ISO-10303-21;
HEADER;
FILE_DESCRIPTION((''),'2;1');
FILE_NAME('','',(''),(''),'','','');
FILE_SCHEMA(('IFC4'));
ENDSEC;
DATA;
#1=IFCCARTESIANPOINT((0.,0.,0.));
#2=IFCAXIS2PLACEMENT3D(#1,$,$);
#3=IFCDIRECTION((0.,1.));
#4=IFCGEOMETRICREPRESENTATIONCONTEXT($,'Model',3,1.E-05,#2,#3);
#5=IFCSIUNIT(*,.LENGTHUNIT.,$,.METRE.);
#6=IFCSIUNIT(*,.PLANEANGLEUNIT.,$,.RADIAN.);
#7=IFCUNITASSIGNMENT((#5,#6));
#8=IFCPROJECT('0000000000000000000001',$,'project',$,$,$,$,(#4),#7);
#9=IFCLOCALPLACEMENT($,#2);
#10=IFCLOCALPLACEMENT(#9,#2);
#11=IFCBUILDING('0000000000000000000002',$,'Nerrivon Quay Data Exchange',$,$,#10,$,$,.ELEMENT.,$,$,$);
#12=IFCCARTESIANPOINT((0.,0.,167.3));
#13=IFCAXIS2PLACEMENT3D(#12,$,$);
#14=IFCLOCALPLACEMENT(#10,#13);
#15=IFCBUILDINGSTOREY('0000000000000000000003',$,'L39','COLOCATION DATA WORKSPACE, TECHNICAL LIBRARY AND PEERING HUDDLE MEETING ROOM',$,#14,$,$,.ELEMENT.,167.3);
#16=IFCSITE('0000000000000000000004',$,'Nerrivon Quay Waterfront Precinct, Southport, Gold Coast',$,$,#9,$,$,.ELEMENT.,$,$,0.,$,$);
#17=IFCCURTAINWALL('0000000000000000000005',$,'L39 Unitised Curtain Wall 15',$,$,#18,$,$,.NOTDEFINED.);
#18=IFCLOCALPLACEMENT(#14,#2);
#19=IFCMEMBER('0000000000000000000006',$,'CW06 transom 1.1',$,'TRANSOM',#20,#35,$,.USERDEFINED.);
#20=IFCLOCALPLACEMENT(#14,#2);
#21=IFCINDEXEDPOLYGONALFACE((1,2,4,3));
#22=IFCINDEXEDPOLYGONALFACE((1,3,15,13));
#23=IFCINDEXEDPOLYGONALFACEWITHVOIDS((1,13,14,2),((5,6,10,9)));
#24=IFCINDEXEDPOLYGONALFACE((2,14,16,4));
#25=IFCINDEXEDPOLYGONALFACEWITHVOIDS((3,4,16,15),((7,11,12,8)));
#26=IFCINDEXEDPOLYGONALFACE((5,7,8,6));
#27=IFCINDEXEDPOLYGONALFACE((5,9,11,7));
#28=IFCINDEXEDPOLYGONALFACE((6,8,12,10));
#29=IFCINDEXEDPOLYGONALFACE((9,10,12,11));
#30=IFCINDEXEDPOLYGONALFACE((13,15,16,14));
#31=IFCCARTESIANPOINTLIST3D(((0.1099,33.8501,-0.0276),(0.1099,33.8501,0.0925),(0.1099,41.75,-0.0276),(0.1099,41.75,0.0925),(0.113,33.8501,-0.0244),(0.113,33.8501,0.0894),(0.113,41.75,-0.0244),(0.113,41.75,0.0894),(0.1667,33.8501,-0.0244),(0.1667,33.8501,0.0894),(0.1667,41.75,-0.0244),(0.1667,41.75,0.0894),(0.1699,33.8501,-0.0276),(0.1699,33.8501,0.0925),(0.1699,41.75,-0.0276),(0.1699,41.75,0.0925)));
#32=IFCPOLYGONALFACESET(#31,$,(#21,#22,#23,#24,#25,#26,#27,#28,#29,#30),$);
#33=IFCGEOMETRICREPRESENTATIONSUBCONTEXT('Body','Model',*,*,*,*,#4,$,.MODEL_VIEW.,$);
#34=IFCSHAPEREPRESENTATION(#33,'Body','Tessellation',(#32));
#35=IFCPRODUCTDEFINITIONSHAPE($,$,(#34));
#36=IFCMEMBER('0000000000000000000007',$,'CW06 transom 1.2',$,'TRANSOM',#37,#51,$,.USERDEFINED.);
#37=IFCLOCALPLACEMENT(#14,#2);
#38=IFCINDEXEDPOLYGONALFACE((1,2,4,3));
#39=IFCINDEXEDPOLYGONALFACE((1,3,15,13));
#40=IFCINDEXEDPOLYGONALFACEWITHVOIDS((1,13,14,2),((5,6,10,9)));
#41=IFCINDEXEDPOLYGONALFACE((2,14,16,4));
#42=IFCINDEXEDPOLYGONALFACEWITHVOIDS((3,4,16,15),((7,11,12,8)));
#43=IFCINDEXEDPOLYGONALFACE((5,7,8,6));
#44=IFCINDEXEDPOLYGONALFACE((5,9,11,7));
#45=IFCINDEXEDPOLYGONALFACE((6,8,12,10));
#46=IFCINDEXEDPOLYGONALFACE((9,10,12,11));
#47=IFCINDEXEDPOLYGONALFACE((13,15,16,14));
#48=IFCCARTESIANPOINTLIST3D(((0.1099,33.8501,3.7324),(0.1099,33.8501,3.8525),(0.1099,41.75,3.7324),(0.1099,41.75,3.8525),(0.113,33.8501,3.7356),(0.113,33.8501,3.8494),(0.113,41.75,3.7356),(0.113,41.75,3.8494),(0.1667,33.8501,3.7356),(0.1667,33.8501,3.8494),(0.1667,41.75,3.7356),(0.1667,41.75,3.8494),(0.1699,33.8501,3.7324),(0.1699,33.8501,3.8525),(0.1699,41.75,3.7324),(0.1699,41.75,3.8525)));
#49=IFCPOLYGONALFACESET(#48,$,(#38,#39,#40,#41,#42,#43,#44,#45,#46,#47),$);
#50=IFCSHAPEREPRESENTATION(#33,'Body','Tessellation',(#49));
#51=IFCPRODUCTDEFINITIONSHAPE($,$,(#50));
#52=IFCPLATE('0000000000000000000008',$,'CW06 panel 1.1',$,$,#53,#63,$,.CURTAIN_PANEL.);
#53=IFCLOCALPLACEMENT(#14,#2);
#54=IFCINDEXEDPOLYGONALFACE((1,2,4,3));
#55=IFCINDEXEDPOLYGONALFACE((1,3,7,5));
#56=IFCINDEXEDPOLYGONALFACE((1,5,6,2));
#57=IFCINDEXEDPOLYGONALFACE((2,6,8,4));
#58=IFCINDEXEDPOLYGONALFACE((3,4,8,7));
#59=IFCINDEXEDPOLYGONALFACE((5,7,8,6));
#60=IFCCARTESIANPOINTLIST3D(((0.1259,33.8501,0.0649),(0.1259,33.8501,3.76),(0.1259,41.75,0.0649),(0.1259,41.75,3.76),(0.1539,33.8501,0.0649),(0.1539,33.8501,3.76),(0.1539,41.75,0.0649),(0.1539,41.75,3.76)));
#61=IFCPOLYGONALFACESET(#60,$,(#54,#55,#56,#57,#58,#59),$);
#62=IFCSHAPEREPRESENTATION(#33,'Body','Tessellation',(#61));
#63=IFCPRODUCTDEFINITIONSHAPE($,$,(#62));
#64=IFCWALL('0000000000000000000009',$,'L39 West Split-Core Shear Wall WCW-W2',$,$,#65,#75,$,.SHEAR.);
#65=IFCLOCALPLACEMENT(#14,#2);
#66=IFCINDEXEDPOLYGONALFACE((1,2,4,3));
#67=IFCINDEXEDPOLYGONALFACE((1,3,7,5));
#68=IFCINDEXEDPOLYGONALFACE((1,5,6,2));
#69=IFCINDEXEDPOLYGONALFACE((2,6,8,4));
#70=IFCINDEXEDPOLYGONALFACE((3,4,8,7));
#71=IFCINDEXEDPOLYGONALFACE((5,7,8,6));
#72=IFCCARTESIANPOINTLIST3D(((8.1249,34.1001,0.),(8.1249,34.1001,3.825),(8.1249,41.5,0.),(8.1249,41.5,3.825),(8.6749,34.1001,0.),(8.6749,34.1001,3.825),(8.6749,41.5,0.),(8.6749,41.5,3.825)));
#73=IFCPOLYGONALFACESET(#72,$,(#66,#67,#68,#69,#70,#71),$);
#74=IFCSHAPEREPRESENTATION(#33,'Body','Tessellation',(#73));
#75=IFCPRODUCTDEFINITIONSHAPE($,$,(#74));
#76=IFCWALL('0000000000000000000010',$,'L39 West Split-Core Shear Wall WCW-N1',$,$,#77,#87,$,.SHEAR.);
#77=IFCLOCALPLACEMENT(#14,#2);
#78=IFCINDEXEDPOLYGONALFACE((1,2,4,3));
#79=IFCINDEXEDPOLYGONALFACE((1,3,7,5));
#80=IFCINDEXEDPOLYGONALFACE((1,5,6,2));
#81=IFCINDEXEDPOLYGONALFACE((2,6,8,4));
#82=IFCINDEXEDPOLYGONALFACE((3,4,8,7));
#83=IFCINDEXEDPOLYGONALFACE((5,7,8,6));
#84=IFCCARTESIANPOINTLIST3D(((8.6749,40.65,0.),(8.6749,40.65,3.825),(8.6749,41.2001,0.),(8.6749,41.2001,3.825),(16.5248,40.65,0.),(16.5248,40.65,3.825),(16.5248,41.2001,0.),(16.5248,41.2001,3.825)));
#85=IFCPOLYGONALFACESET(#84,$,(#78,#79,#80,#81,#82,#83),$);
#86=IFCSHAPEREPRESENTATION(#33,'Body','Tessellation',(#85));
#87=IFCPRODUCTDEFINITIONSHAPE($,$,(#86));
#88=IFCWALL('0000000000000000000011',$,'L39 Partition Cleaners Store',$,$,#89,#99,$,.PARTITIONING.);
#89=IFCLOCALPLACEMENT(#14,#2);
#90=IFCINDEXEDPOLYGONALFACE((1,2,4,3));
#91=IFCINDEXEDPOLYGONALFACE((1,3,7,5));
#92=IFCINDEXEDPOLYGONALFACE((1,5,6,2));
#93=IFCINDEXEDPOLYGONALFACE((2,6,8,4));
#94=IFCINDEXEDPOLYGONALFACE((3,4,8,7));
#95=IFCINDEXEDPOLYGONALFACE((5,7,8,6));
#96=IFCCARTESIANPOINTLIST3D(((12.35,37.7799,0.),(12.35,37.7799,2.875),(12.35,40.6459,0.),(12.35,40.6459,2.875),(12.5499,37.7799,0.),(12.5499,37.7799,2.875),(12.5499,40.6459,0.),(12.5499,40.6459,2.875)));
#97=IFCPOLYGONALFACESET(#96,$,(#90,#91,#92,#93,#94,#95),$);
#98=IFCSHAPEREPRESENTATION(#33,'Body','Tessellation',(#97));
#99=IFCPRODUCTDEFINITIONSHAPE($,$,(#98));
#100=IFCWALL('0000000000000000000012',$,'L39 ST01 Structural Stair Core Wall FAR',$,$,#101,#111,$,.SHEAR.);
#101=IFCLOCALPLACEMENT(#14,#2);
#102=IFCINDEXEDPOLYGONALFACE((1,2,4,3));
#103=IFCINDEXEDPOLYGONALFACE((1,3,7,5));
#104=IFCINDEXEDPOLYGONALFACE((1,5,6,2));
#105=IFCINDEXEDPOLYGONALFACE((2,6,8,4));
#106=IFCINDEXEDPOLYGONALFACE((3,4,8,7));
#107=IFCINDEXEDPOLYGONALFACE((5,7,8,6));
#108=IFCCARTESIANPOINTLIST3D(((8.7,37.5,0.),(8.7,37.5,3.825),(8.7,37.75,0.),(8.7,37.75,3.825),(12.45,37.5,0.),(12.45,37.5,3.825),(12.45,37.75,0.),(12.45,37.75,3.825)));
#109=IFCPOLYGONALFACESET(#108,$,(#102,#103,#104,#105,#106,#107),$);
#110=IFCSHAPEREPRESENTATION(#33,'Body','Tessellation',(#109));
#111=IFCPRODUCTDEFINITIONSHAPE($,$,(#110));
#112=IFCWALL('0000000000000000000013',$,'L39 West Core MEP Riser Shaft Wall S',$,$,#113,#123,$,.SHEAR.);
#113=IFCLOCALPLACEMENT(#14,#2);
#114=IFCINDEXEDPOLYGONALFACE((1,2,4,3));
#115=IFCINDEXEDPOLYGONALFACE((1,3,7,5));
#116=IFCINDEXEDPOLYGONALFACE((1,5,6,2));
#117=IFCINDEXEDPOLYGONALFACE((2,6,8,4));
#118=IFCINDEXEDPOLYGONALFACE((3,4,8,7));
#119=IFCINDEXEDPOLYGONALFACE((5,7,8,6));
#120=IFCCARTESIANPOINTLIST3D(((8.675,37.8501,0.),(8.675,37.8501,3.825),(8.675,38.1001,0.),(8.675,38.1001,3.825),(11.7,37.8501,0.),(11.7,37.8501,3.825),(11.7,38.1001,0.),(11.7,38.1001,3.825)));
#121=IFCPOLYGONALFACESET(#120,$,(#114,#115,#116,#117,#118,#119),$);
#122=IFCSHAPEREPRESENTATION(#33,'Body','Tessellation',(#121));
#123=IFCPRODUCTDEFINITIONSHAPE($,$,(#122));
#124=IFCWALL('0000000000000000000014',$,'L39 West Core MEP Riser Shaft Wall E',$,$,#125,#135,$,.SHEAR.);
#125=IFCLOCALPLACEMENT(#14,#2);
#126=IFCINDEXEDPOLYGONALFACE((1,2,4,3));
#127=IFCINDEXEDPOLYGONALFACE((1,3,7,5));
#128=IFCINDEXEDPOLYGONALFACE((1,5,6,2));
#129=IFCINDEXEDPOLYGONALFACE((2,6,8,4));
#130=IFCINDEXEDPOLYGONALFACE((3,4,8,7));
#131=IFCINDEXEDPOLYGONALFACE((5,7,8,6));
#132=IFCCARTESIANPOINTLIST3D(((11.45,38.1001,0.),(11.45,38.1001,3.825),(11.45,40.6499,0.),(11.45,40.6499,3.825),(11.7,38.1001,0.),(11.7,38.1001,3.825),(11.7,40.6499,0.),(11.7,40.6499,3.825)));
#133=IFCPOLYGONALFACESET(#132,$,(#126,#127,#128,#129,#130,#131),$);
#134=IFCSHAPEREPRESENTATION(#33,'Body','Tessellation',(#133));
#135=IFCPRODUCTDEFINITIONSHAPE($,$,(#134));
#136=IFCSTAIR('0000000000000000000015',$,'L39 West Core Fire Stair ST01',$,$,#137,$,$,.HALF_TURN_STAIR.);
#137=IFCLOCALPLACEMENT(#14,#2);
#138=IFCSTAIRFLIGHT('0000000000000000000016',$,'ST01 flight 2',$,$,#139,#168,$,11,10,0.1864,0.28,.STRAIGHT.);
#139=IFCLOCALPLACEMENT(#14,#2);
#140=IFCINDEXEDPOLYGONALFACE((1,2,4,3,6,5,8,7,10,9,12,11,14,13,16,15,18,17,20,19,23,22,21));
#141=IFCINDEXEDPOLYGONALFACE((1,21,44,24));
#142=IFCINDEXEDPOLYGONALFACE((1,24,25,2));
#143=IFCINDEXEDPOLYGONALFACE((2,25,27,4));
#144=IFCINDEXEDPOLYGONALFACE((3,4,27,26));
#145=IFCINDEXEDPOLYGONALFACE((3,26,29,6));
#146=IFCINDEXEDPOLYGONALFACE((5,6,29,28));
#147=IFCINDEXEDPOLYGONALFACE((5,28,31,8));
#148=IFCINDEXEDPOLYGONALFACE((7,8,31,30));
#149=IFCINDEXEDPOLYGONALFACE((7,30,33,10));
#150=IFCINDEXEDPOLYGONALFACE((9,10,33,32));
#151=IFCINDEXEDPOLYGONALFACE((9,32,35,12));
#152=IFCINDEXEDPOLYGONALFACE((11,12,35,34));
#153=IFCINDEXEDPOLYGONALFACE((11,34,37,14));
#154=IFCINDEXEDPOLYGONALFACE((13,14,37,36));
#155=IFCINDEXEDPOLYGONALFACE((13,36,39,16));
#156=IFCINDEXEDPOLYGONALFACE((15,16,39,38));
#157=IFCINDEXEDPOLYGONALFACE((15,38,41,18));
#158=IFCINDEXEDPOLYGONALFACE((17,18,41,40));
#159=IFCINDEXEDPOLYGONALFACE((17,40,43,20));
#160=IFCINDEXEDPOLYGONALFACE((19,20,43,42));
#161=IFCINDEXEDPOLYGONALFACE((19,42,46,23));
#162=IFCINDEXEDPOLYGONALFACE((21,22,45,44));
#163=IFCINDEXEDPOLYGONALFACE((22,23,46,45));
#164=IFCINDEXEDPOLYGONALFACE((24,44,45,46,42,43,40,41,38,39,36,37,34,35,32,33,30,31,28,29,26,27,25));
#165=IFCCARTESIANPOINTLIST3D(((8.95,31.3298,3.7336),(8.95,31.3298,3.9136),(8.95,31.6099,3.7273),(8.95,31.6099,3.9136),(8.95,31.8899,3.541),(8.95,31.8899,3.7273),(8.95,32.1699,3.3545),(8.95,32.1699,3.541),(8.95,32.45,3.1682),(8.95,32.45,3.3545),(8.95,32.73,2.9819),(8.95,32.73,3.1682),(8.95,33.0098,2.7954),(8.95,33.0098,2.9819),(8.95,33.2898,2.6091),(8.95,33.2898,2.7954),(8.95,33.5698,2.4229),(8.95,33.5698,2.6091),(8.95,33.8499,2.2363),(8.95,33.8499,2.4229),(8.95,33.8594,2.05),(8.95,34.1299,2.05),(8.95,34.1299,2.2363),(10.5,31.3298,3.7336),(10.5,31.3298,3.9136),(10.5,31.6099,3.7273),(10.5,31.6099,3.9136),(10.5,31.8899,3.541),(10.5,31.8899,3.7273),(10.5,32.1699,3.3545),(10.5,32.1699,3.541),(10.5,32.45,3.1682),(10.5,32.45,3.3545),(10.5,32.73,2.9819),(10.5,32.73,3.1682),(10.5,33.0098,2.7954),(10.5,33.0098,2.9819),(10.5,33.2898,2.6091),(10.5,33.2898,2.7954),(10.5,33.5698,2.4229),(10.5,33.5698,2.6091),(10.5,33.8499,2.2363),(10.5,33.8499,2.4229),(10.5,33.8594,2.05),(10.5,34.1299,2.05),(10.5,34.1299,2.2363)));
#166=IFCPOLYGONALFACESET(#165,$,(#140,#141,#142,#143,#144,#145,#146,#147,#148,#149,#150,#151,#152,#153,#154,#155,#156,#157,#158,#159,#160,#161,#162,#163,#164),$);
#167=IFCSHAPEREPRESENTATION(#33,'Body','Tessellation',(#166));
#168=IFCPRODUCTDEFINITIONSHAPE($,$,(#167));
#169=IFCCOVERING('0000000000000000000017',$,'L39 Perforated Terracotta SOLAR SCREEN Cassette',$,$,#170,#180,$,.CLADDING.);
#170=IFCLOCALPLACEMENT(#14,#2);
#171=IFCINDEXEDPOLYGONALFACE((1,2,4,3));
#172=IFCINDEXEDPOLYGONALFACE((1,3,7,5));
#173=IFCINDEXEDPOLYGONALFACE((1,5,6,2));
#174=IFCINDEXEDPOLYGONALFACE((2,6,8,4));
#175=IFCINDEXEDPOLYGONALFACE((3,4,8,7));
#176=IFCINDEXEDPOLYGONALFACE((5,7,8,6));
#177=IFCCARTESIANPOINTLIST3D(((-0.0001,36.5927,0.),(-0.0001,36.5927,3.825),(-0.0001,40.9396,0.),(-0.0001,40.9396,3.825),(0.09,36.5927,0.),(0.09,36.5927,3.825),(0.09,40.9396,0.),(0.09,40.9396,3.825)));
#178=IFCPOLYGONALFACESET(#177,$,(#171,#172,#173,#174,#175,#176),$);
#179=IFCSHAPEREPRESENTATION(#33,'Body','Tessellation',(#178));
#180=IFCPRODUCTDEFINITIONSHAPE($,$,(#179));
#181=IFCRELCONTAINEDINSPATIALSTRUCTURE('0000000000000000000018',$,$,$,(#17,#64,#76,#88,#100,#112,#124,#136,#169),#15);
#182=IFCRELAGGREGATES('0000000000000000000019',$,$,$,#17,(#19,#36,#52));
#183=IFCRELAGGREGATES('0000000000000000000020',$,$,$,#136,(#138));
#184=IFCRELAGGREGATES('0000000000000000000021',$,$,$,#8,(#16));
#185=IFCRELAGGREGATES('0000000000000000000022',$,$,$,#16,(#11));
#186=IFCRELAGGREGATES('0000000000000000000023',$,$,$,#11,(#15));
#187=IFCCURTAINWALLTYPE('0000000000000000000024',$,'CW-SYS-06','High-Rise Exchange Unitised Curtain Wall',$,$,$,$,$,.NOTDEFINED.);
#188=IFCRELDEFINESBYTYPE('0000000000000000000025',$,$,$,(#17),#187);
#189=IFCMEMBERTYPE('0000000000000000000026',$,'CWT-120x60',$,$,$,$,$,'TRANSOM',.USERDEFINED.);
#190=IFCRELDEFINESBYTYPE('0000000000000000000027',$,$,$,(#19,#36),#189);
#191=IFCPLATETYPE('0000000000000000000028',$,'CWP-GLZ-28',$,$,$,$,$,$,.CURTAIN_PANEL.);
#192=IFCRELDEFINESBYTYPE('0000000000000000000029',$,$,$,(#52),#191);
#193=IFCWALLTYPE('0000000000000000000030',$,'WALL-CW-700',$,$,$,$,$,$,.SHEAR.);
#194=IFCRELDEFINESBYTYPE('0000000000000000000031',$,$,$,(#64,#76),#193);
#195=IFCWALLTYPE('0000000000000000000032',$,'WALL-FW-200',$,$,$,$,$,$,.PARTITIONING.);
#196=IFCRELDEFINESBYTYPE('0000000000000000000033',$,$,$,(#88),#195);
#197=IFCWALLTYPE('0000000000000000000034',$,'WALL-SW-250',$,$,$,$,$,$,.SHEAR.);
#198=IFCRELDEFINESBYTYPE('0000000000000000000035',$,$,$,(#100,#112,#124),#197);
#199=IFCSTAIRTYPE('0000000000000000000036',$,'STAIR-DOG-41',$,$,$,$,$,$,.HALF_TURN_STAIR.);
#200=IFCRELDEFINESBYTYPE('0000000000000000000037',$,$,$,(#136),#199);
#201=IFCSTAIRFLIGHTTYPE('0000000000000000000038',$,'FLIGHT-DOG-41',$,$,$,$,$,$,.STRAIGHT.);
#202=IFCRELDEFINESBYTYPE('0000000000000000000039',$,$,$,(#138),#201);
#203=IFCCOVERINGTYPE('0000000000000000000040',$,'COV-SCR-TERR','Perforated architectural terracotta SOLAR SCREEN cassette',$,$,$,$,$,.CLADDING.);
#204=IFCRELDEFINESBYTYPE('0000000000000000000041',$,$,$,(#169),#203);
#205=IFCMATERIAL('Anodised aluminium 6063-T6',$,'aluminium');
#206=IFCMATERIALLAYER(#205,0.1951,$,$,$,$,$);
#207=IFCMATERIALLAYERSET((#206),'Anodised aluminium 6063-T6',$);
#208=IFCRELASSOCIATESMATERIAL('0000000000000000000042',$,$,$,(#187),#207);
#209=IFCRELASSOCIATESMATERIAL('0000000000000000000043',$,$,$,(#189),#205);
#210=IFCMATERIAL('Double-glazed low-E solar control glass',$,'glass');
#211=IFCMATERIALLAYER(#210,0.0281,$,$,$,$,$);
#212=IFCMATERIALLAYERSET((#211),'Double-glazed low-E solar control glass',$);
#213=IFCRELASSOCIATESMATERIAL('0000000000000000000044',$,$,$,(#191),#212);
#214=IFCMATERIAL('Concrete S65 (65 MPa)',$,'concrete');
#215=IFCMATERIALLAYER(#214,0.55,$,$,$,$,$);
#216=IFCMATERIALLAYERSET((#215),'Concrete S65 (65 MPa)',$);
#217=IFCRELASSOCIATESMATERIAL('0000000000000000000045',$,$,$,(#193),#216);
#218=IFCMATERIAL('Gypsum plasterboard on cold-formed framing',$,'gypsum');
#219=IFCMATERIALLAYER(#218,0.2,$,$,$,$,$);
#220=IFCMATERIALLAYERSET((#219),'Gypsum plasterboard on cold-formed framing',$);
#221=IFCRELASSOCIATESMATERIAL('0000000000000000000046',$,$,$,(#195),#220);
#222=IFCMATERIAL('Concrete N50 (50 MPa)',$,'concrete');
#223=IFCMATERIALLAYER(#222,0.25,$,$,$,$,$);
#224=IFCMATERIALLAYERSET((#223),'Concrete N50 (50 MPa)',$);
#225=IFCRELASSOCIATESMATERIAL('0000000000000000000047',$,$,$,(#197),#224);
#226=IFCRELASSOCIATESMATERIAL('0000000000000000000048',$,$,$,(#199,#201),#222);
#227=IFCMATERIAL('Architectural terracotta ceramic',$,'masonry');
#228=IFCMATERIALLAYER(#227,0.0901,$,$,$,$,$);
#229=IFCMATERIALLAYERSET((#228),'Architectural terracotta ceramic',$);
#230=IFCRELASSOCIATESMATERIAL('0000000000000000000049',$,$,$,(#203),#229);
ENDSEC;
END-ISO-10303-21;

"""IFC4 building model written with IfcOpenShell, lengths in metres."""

from ifc_helpers import new_model, si_unit, direction, frame, frame_2d, origin, origin_2d, place, context, subcontext, project, spatial, polyline, rectangle, hollow_rectangle, outline, extrude, material, layer, layer_set, material_profile, profile_set, type_object, element, aggregate, save


model = new_model("IFC4")

# Units and contexts
model_context = context("Model", 3, precision=1e-05, world=origin(), true_north=direction((0.0, 1.0)))
body_context = subcontext(model_context, "Body", "Model", "MODEL_VIEW")
ifc_project = project(units=[si_unit("LENGTHUNIT", "METRE"), si_unit("PLANEANGLEUNIT", "RADIAN")], contexts=[model_context])

# Site, building, storey
site_placement = place(None, origin())
site = spatial("IfcSite", under=ifc_project, at=site_placement, Name="Nerrivon Quay Waterfront Precinct, Southport, Gold Coast", CompositionType="ELEMENT", RefElevation=0.0)
building_placement = place(site_placement, origin())
building = spatial("IfcBuilding", under=site, at=building_placement, Name="Nerrivon Quay Data Exchange", CompositionType="ELEMENT")
storey_placement = place(building_placement, frame((0.0, 0.0, 167.3)))
storey = spatial("IfcBuildingStorey", under=building, at=storey_placement, Name="L39", Description="COLOCATION DATA WORKSPACE, TECHNICAL LIBRARY AND PEERING HUDDLE MEETING ROOM", CompositionType="ELEMENT", Elevation=167.3)

# Shared definitions
ifc_material_1 = material(Name="Concrete S65 (65 MPa)", Category="concrete")

# Shared definitions
ifc_material_2 = material(Name="Concrete N50 (50 MPa)", Category="concrete")

# Curtain wall, members, plate
ifc_material_3 = material(Name="Anodised aluminium 6063-T6", Category="aluminium")
ifc_layer_1 = layer(ifc_material_3, 0.1951)
ifc_layer_set_1 = layer_set([ifc_layer_1], Name="Anodised aluminium 6063-T6")
curtain_wall_type = type_object("IfcCurtainWallType", Name="CW-SYS-06", Description="High-Rise Exchange Unitised Curtain Wall", PredefinedType="NOTDEFINED", material=ifc_layer_set_1)
curtain_wall_placement = place(storey_placement, origin())
curtain_wall = element("IfcCurtainWall", 1, at=curtain_wall_placement, inside=storey, type_object=curtain_wall_type, Name="L39 Unitised Curtain Wall 15", PredefinedType="NOTDEFINED")
ifc_material_profile_1 = material_profile(ifc_material_3, hollow_rectangle(XDim=0.0601, YDim=0.1201, WallThickness=0.0032, at=origin_2d()), Name="ALU-TRAN-120x60")
ifc_profile_set_1 = profile_set([ifc_material_profile_1], Name="Anodised aluminium 6063-T6")
member_type_1 = type_object("IfcMemberType", Name="CWT-120x60", ElementType="TRANSOM", PredefinedType="USERDEFINED", material=ifc_profile_set_1)
member_1_placement = place(storey_placement, frame((0.1399, 33.8501, 0.0325), z_axis=(0.0, 1.0, 0.0), x_axis=(-1.0, 0.0, 0.0)))
member_1 = element("IfcMember", 2, at=member_1_placement, type_object=member_type_1, Name="CW06 transom 1.1", ObjectType="TRANSOM", PredefinedType="USERDEFINED", context=body_context, shape_type="SweptSolid", body=[
    extrude(hollow_rectangle(XDim=0.0601, YDim=0.1201, WallThickness=0.0032, at=origin_2d()), origin(), (0.0, 0.0, 1.0), 7.8999),
])
member_2_placement = place(storey_placement, frame((0.1399, 33.8501, 3.7925), z_axis=(0.0, 1.0, 0.0), x_axis=(-1.0, 0.0, 0.0)))
member_2 = element("IfcMember", 3, at=member_2_placement, type_object=member_type_1, Name="CW06 transom 1.2", ObjectType="TRANSOM", PredefinedType="USERDEFINED", context=body_context, shape_type="SweptSolid", body=[
    extrude(hollow_rectangle(XDim=0.0601, YDim=0.1201, WallThickness=0.0032, at=origin_2d()), origin(), (0.0, 0.0, 1.0), 7.8999),
])
ifc_material_4 = material(Name="Double-glazed low-E solar control glass", Category="glass")
ifc_layer_2 = layer(ifc_material_4, 0.0281)
ifc_layer_set_2 = layer_set([ifc_layer_2], Name="Double-glazed low-E solar control glass")
plate_type = type_object("IfcPlateType", Name="CWP-GLZ-28", PredefinedType="CURTAIN_PANEL", material=ifc_layer_set_2)
plate_placement = place(storey_placement, frame((0.1399, 37.8, 0.0649), z_axis=(0.0, 0.0, 1.0), x_axis=(0.0, 1.0, 0.0)))
plate = element("IfcPlate", 4, at=plate_placement, type_object=plate_type, Name="CW06 panel 1.1", PredefinedType="CURTAIN_PANEL", context=body_context, shape_type="SweptSolid", body=[
    extrude(rectangle(XDim=7.8999, YDim=0.0281, at=origin_2d()), origin(), (0.0, 0.0, 1.0), 3.6951),
])
aggregate(curtain_wall, [member_1, member_2, plate])

# Walls
ifc_layer_3 = layer(ifc_material_1, 0.55)
ifc_layer_set_3 = layer_set([ifc_layer_3], Name="Concrete S65 (65 MPa)")
wall_type_1 = type_object("IfcWallType", Name="WALL-CW-700", PredefinedType="SHEAR", material=ifc_layer_set_3)
wall_1_placement = place(storey_placement, frame((8.3999, 34.1001, 0.0), z_axis=(0.0, 0.0, 1.0), x_axis=(0.0, 1.0, 0.0)))
element("IfcWall", 5, at=wall_1_placement, inside=storey, type_object=wall_type_1, Name="L39 West Split-Core Shear Wall WCW-W2", PredefinedType="SHEAR", context=body_context, shape_type="SweptSolid", body=[
    extrude(rectangle(XDim=7.3999, YDim=0.55, at=frame_2d((3.7, 0.0))), origin(), (0.0, 0.0, 1.0), 3.825),
])
wall_2_placement = place(storey_placement, frame((8.675, 40.925, 0.0), z_axis=(0.0, 0.0, 1.0), x_axis=(1.0, 0.0, 0.0)))
element("IfcWall", 6, at=wall_2_placement, inside=storey, type_object=wall_type_1, Name="L39 West Split-Core Shear Wall WCW-N1", PredefinedType="SHEAR", context=body_context, shape_type="SweptSolid", body=[
    extrude(rectangle(XDim=7.8499, YDim=0.55, at=frame_2d((3.9248, 0.0))), origin(), (0.0, 0.0, 1.0), 3.825),
])
ifc_material_5 = material(Name="Gypsum plasterboard on cold-formed framing", Category="gypsum")
ifc_layer_4 = layer(ifc_material_5, 0.2)
ifc_layer_set_4 = layer_set([ifc_layer_4], Name="Gypsum plasterboard on cold-formed framing")
wall_type_2 = type_object("IfcWallType", Name="WALL-FW-200", PredefinedType="PARTITIONING", material=ifc_layer_set_4)
wall_3_placement = place(storey_placement, frame((12.45, 40.646, 0.0), z_axis=(0.0, 0.0, 1.0), x_axis=(0.0, -1.0, 0.0)))
element("IfcWall", 7, at=wall_3_placement, inside=storey, type_object=wall_type_2, Name="L39 Partition Cleaners Store", PredefinedType="PARTITIONING", context=body_context, shape_type="SweptSolid", body=[
    extrude(rectangle(XDim=2.866, YDim=0.2, at=frame_2d((1.4331, 0.0))), origin(), (0.0, 0.0, 1.0), 2.875),
])
ifc_layer_5 = layer(ifc_material_2, 0.25)
ifc_layer_set_5 = layer_set([ifc_layer_5], Name="Concrete N50 (50 MPa)")
wall_type_3 = type_object("IfcWallType", Name="WALL-SW-250", PredefinedType="SHEAR", material=ifc_layer_set_5)
wall_4_placement = place(storey_placement, frame((12.45, 37.625, 0.0), z_axis=(0.0, 0.0, 1.0), x_axis=(-1.0, 0.0, 0.0)))
element("IfcWall", 8, at=wall_4_placement, inside=storey, type_object=wall_type_3, Name="L39 ST01 Structural Stair Core Wall FAR", PredefinedType="SHEAR", context=body_context, shape_type="SweptSolid", body=[
    extrude(rectangle(XDim=3.75, YDim=0.25, at=frame_2d((1.875, 0.0))), origin(), (0.0, 0.0, 1.0), 3.825),
])
wall_5_placement = place(storey_placement, frame((8.675, 37.9751, 0.0), z_axis=(0.0, 0.0, 1.0), x_axis=(1.0, 0.0, 0.0)))
element("IfcWall", 9, at=wall_5_placement, inside=storey, type_object=wall_type_3, Name="L39 West Core MEP Riser Shaft Wall S", PredefinedType="SHEAR", context=body_context, shape_type="SweptSolid", body=[
    extrude(rectangle(XDim=3.0249, YDim=0.25, at=frame_2d((1.5125, 0.0))), origin(), (0.0, 0.0, 1.0), 3.825),
])
wall_6_placement = place(storey_placement, frame((11.575, 38.1001, 0.0), z_axis=(0.0, 0.0, 1.0), x_axis=(0.0, 1.0, 0.0)))
element("IfcWall", 10, at=wall_6_placement, inside=storey, type_object=wall_type_3, Name="L39 West Core MEP Riser Shaft Wall E", PredefinedType="SHEAR", context=body_context, shape_type="SweptSolid", body=[
    extrude(rectangle(XDim=2.5498, YDim=0.25, at=frame_2d((1.2749, 0.0))), origin(), (0.0, 0.0, 1.0), 3.825),
])

# Stair, stair flight
stair_type = type_object("IfcStairType", Name="STAIR-DOG-41", PredefinedType="HALF_TURN_STAIR", material=ifc_material_2)
stair_placement = place(storey_placement, origin())
stair = element("IfcStair", 11, at=stair_placement, inside=storey, type_object=stair_type, Name="L39 West Core Fire Stair ST01", PredefinedType="HALF_TURN_STAIR")
stair_flight_type = type_object("IfcStairFlightType", Name="FLIGHT-DOG-41", PredefinedType="STRAIGHT", material=ifc_material_2)
stair_flight_placement = place(storey_placement, frame((9.7251, 34.1299, 2.05), z_axis=(0.0, 0.0, 1.0), x_axis=(0.0, -1.0, 0.0)))
stair_flight = element("IfcStairFlight", 12, at=stair_flight_placement, type_object=stair_flight_type, Name="ST01 flight 2", NumberOfRisers=11, NumberOfTreads=10, PredefinedType="STRAIGHT", RiserHeight=0.1864, TreadLength=0.28, context=body_context, shape_type="SweptSolid", body=[
    extrude(outline(polyline([(0.0, 0.0), (0.0, 0.1863), (0.28, 0.1863), (0.28, 0.3728), (0.5601, 0.3728), (0.5601, 0.5591), (0.8401, 0.5591), (0.8401, 0.7454), (1.1201, 0.7454), (1.1201, 0.9319), (1.3999, 0.9319), (1.3999, 1.1182), (1.6799, 1.1182), (1.6799, 1.3044), (1.96, 1.3044), (1.96, 1.491), (2.24, 1.491), (2.24, 1.6772), (2.52, 1.6772), (2.52, 1.8635), (2.8, 1.8635), (2.8, 2.05), (2.8, 1.6836), (0.2705, 0.0), (0.0, 0.0)])), frame((0.0, 0.7749, 0.0), z_axis=(0.0, -1.0, 0.0), x_axis=(1.0, 0.0, 0.0)), (0.0, 0.0, 1.0), 1.55),
])
aggregate(stair, [stair_flight])

# Covering
ifc_material_6 = material(Name="Architectural terracotta ceramic", Category="masonry")
ifc_layer_6 = layer(ifc_material_6, 0.0901)
ifc_layer_set_6 = layer_set([ifc_layer_6], Name="Architectural terracotta ceramic")
covering_type = type_object("IfcCoveringType", Name="COV-SCR-TERR", Description="Perforated architectural terracotta SOLAR SCREEN cassette", PredefinedType="CLADDING", material=ifc_layer_set_6)
covering_placement = place(storey_placement, frame((0.0449, 38.7661, 0.0), z_axis=(0.0, 0.0, 1.0), x_axis=(0.0, 1.0, 0.0)))
element("IfcCovering", 13, at=covering_placement, inside=storey, type_object=covering_type, Name="L39 Perforated Terracotta SOLAR SCREEN Cassette", PredefinedType="CLADDING", context=body_context, shape_type="SweptSolid", body=[
    extrude(rectangle(XDim=4.3469, YDim=0.0901, at=origin_2d()), origin(), (0.0, 0.0, 1.0), 3.825),
])

save(model, "model.ifc")
